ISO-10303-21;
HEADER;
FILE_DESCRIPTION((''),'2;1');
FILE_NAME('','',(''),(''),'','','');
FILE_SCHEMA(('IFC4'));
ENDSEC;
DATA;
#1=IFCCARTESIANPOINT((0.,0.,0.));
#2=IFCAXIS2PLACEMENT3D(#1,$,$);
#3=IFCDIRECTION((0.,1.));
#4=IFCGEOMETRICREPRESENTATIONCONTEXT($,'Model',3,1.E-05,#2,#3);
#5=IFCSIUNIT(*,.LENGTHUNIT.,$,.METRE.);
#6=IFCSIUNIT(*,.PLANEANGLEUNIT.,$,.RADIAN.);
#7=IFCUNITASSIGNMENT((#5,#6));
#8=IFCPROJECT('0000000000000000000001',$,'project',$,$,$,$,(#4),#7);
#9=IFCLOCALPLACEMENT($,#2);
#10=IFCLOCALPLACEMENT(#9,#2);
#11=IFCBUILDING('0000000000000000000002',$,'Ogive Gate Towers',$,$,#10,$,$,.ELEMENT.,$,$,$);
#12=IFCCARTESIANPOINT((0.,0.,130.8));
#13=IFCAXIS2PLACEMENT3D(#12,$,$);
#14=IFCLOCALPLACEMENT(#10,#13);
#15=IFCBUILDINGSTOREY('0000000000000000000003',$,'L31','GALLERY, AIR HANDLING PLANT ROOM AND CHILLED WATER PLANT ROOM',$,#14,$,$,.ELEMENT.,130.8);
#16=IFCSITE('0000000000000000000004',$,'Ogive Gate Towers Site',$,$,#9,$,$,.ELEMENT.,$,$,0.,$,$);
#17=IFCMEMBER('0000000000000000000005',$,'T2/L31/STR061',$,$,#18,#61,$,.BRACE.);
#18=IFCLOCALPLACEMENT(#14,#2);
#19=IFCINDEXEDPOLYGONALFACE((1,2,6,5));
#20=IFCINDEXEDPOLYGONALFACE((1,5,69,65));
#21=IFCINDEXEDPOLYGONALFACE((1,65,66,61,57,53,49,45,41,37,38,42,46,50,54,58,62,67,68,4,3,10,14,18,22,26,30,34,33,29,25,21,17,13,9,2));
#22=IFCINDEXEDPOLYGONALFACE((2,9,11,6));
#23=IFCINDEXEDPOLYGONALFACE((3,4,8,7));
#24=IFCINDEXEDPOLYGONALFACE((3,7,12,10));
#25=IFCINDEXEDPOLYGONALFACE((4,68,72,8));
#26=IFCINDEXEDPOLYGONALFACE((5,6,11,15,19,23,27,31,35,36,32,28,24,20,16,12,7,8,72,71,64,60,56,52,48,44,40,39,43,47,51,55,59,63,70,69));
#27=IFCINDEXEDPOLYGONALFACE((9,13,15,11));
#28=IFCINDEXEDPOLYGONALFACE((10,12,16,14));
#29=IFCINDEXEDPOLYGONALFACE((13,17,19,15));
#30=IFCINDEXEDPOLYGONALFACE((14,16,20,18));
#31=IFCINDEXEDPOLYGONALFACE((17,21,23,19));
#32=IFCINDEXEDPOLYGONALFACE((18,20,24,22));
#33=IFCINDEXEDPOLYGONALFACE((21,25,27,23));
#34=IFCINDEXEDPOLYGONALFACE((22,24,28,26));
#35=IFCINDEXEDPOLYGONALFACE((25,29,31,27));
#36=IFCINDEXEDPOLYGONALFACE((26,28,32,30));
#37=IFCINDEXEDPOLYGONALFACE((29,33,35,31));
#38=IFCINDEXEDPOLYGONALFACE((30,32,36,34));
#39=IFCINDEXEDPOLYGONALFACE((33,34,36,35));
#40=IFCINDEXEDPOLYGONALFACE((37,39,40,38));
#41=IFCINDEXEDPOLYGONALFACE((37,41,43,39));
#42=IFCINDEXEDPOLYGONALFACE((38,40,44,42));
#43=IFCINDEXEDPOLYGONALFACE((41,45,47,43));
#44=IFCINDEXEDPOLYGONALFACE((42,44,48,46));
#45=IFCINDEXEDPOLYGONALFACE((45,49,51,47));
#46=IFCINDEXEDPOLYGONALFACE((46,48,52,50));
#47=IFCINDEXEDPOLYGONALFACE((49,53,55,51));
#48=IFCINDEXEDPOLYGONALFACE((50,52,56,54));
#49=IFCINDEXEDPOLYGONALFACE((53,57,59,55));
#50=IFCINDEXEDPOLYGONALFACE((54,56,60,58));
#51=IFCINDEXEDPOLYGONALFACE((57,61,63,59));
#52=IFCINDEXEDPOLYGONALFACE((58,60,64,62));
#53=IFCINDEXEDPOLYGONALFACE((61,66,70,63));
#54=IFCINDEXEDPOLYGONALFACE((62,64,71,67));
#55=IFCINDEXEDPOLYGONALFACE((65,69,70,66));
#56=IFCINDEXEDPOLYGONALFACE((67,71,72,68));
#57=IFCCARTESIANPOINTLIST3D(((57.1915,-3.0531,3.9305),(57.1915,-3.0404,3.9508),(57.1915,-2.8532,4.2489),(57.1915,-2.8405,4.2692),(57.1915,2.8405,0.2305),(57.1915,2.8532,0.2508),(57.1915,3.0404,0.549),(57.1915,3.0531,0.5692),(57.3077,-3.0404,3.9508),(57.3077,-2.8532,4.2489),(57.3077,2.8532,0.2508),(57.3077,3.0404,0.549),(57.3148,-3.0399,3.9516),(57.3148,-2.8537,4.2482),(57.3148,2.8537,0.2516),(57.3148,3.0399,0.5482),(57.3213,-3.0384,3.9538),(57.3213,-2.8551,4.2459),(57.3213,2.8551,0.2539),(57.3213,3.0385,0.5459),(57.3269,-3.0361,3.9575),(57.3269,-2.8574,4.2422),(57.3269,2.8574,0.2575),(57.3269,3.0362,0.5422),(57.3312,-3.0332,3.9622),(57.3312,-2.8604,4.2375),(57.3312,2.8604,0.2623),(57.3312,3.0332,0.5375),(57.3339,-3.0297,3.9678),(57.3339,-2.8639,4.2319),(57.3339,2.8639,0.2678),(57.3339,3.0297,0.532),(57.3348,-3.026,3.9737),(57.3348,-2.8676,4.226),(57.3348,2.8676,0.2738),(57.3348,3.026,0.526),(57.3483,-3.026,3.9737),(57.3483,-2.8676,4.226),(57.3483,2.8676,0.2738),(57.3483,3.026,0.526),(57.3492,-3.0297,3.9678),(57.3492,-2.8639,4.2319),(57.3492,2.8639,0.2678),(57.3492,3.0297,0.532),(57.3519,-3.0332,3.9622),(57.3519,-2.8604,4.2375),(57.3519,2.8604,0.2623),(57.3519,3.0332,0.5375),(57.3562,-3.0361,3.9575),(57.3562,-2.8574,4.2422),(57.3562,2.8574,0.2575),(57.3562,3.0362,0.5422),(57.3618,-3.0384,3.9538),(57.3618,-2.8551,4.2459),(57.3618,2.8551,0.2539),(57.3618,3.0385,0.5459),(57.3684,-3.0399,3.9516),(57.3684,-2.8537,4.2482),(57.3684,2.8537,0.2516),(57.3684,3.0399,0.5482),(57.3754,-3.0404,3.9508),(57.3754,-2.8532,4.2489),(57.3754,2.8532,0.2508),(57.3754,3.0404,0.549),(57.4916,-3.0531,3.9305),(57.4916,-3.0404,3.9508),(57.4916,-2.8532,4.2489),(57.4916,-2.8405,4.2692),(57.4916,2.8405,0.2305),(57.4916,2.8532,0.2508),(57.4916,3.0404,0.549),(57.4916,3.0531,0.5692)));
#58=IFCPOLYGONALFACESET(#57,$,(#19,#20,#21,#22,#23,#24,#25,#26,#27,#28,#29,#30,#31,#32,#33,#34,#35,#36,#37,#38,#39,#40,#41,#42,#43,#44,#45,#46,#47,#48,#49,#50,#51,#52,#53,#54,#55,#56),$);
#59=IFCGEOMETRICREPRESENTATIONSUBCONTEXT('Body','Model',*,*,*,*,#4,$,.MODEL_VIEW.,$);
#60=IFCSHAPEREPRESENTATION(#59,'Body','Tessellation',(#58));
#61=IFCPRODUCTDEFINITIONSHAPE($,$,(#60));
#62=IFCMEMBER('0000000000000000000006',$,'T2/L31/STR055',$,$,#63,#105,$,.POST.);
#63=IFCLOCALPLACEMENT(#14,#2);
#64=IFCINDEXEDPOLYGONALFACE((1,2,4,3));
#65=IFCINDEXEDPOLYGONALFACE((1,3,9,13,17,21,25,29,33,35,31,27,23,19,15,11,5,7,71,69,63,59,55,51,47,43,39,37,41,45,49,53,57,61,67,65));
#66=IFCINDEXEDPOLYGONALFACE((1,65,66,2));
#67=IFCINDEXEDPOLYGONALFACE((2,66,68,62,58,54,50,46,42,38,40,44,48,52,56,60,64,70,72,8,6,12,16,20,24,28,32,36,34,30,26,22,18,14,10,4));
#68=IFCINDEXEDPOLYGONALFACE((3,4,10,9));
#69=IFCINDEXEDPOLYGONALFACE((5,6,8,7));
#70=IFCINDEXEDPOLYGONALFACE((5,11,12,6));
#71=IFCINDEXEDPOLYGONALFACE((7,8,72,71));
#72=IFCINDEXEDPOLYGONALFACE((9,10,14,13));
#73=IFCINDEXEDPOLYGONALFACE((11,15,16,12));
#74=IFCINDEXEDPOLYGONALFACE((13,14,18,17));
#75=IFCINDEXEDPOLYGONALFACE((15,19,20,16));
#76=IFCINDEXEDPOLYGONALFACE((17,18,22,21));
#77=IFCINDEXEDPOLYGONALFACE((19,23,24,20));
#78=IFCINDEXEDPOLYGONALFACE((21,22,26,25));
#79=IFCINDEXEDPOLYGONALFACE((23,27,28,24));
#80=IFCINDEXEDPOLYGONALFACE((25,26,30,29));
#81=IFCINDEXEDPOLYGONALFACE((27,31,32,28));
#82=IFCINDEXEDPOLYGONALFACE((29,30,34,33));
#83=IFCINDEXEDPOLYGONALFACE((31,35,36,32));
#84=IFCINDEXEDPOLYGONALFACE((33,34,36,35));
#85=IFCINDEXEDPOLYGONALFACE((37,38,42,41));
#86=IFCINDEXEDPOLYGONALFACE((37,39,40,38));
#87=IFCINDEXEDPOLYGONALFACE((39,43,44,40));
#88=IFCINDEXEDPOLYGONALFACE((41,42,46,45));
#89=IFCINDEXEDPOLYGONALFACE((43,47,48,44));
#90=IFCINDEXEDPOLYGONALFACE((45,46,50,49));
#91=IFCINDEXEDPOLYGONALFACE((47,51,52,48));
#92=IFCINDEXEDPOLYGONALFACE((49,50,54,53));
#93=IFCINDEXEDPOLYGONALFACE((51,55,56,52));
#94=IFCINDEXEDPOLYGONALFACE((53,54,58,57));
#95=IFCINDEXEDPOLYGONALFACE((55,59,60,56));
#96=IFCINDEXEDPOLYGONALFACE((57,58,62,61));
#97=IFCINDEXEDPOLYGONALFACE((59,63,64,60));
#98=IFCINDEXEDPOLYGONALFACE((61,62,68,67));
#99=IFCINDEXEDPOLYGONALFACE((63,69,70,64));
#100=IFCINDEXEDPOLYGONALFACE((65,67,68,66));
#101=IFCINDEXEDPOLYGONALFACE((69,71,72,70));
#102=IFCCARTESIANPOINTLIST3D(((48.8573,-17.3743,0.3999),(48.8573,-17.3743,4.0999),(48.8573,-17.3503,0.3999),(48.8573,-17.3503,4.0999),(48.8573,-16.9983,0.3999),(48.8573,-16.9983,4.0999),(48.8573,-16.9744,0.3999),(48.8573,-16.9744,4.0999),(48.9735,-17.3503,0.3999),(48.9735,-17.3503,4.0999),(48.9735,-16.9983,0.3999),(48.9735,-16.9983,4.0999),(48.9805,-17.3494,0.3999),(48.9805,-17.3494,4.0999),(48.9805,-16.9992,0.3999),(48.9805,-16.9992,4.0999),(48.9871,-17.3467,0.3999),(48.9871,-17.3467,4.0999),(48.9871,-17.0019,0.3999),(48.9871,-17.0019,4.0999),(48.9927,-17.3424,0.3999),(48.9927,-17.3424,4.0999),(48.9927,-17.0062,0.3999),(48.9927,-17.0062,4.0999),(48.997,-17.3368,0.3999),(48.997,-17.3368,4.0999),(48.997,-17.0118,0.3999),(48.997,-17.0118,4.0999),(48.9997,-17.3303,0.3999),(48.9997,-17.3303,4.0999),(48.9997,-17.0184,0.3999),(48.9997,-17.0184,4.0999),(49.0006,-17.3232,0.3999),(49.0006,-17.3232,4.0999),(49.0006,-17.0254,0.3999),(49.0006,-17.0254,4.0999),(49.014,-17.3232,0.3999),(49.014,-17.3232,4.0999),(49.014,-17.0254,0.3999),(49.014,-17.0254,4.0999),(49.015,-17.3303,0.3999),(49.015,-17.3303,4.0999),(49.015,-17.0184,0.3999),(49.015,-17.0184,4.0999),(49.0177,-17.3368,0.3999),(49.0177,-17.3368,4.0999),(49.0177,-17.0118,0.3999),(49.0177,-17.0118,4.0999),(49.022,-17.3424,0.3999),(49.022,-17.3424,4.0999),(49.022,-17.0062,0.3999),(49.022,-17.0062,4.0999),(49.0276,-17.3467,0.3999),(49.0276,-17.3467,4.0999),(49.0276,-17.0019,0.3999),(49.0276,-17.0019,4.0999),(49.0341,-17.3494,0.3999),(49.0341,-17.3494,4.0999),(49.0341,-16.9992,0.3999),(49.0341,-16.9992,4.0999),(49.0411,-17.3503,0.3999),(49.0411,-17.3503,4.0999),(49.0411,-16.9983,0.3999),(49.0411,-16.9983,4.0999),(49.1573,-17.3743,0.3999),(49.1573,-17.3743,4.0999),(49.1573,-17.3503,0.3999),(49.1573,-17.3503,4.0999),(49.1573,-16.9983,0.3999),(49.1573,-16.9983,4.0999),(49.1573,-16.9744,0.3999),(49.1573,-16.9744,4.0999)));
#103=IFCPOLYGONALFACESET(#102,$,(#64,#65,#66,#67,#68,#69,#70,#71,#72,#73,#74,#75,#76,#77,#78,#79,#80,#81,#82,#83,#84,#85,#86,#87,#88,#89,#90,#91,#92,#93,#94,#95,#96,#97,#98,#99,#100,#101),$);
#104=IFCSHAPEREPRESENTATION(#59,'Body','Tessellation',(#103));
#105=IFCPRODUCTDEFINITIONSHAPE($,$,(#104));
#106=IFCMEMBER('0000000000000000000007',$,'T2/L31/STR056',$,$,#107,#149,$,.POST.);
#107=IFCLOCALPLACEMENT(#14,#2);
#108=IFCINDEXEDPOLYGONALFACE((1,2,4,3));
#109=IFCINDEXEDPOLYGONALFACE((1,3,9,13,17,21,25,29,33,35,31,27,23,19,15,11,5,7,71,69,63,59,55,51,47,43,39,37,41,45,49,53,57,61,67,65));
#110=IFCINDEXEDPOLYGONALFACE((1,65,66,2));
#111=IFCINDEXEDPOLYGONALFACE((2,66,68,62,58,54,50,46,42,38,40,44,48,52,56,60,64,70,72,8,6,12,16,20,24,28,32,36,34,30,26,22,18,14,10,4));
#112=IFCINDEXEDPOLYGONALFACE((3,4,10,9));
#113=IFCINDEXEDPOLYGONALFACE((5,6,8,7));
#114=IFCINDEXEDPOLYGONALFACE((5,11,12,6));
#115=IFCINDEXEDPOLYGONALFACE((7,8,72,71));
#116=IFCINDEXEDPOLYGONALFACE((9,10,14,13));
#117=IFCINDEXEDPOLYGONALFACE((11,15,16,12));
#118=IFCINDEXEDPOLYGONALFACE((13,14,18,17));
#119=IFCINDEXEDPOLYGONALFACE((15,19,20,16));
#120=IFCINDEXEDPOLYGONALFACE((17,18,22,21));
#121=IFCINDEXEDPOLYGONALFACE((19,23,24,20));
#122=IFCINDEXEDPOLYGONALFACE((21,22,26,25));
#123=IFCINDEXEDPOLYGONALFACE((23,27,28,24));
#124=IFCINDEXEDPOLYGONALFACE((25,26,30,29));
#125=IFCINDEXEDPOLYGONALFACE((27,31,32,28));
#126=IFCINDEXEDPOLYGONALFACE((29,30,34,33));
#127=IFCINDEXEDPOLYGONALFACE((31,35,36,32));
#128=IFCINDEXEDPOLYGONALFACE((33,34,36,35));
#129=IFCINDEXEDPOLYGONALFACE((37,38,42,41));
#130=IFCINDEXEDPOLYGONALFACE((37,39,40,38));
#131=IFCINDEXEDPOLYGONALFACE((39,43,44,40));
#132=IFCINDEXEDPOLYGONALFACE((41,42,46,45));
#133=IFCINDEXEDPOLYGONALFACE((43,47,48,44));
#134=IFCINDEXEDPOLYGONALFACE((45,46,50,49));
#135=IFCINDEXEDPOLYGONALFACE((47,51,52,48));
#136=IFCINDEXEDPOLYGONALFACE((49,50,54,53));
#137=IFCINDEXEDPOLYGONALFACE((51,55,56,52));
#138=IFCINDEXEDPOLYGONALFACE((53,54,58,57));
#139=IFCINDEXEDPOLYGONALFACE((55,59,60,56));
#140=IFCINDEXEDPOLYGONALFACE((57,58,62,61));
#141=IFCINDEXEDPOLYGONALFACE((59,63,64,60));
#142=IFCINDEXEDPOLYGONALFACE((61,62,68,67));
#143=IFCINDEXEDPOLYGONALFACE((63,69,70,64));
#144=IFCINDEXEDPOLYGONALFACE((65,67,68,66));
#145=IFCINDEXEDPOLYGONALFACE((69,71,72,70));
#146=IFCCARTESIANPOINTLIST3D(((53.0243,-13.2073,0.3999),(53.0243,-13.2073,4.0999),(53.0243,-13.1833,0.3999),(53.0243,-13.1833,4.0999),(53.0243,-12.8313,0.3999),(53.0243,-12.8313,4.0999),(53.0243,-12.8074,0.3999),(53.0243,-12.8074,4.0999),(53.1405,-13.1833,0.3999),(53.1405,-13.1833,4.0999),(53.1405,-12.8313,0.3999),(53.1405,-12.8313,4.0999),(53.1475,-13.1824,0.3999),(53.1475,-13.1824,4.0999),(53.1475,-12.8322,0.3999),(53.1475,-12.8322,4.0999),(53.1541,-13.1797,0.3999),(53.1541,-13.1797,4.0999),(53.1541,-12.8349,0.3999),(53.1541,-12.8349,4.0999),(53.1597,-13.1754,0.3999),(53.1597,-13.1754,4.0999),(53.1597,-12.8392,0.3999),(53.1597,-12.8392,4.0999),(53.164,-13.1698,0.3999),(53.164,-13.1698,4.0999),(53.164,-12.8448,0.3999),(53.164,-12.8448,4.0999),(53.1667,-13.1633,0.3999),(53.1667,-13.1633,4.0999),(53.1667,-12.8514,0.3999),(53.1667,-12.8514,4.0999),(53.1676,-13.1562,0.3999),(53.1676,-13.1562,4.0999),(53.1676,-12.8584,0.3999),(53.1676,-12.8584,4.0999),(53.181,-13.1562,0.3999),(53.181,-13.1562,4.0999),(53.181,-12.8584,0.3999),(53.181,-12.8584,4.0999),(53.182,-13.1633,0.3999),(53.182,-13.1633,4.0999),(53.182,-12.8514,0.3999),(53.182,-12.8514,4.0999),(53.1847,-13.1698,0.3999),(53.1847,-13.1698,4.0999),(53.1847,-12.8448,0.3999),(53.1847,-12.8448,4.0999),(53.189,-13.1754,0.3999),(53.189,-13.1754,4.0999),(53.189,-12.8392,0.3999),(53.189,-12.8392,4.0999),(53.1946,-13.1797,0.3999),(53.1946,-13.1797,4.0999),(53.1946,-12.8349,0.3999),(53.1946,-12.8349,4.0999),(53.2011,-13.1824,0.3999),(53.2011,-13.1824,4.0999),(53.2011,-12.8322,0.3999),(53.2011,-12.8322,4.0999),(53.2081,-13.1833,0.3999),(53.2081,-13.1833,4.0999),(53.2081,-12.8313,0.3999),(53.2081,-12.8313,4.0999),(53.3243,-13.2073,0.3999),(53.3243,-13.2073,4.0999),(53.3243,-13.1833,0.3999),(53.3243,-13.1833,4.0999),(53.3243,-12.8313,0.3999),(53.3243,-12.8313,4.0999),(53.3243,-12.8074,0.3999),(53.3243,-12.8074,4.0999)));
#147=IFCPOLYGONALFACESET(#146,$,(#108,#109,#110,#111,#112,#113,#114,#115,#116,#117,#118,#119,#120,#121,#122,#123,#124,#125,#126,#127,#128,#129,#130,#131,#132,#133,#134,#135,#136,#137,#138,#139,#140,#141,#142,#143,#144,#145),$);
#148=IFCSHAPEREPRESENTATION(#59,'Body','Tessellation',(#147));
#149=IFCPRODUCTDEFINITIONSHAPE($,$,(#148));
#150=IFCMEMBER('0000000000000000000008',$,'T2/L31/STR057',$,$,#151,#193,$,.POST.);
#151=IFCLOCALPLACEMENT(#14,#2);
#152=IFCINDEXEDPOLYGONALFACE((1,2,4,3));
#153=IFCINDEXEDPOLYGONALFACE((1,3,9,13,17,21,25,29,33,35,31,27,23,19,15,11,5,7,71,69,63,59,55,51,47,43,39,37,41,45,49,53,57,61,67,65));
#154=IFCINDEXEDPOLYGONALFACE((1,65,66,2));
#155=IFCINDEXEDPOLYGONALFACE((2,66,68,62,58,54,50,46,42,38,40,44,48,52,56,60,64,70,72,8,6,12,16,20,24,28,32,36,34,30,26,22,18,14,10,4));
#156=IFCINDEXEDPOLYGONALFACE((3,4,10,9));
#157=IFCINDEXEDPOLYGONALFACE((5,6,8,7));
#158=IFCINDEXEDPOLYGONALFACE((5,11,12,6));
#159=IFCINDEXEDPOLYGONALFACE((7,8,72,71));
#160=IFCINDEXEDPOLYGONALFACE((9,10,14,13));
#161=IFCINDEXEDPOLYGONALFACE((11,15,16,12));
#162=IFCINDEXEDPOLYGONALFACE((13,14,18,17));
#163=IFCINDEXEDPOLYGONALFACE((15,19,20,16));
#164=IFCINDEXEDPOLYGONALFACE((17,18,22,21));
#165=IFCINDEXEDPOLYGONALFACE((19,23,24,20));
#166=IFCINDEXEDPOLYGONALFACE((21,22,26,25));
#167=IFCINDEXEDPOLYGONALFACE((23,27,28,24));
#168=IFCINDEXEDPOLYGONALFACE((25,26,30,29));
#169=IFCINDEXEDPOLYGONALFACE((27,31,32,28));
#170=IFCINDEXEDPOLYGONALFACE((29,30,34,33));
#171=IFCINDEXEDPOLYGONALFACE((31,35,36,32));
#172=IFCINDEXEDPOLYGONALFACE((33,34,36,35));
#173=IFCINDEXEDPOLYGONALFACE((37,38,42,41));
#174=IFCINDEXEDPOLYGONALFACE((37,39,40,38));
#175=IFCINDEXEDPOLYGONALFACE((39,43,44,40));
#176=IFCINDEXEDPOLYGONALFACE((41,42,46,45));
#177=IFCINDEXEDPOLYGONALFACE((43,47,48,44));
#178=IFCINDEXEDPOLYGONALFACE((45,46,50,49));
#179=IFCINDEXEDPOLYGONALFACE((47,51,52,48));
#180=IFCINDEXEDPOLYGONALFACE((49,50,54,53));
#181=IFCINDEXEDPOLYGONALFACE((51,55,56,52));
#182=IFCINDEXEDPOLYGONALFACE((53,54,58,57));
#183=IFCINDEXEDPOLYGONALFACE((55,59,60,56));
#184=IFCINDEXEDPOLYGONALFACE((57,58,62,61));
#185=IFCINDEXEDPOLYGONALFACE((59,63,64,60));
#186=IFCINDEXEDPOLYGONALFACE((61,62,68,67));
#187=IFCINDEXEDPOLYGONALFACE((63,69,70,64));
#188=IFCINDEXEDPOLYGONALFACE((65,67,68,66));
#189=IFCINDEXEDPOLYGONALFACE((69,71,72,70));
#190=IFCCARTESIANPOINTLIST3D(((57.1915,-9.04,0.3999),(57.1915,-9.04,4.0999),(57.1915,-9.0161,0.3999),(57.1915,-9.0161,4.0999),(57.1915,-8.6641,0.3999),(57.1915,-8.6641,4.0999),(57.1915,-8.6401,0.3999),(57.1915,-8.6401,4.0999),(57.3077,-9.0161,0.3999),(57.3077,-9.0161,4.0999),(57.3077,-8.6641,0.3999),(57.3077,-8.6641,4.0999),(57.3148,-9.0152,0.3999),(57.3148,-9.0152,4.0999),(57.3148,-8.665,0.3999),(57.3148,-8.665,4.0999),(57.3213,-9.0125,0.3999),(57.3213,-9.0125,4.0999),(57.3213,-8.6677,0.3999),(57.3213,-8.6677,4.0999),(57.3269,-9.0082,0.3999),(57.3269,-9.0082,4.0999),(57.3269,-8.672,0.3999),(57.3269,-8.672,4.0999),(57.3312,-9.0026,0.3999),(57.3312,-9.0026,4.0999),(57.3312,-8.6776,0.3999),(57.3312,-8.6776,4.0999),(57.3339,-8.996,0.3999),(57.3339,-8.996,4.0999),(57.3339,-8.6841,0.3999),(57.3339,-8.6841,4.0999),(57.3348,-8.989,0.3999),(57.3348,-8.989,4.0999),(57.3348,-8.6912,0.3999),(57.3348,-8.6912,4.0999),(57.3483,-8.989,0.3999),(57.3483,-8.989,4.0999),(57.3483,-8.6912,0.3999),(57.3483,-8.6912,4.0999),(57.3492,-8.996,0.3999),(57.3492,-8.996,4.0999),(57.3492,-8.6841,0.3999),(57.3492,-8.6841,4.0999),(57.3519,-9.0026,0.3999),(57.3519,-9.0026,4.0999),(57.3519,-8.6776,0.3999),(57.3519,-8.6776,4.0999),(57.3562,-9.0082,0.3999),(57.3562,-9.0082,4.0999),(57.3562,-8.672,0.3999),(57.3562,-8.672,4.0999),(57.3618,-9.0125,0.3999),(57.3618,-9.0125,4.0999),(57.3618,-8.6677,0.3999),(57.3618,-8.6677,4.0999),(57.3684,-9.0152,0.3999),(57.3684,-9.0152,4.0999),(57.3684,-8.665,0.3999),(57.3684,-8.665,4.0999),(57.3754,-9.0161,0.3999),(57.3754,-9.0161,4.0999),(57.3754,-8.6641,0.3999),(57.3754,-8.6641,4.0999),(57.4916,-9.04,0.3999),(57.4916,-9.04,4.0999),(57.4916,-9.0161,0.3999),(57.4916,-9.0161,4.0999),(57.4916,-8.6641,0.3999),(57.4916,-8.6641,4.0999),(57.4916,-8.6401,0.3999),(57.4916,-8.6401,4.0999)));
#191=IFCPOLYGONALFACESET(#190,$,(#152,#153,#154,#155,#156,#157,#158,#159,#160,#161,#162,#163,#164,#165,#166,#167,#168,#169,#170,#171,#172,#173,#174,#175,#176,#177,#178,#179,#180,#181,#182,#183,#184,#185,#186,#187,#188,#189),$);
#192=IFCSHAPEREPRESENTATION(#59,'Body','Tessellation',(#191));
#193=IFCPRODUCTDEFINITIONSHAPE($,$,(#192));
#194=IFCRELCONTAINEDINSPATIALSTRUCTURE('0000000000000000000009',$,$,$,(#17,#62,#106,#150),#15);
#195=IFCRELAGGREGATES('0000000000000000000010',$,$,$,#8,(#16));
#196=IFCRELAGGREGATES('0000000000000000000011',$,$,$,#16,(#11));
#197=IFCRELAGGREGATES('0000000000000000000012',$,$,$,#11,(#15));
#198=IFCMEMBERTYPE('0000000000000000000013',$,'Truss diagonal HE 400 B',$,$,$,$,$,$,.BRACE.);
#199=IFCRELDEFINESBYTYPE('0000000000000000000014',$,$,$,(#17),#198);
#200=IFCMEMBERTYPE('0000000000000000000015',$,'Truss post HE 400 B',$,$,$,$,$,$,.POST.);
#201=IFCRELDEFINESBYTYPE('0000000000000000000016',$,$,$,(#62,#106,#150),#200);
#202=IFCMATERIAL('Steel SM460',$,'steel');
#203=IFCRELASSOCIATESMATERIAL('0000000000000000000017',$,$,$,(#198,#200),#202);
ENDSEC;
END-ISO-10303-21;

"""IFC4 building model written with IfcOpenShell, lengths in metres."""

from ifc_helpers import new_model, si_unit, direction, frame, origin, origin_2d, place, context, subcontext, project, spatial, i_section, extrude, material, material_profile, profile_set, type_object, element, save


model = new_model("IFC4")

# Units and contexts
model_context = context("Model", 3, precision=1e-05, world=origin(), true_north=direction((0.0, 1.0)))
body_context = subcontext(model_context, "Body", "Model", "MODEL_VIEW")
ifc_project = project(units=[si_unit("LENGTHUNIT", "METRE"), si_unit("PLANEANGLEUNIT", "RADIAN")], contexts=[model_context])

# Site, building, storey
site_placement = place(None, origin())
site = spatial("IfcSite", under=ifc_project, at=site_placement, Name="Ogive Gate Towers Site", CompositionType="ELEMENT", RefElevation=0.0)
building_placement = place(site_placement, origin())
building = spatial("IfcBuilding", under=site, at=building_placement, Name="Ogive Gate Towers", CompositionType="ELEMENT")
storey_placement = place(building_placement, frame((0.0, 0.0, 130.8)))
storey = spatial("IfcBuildingStorey", under=building, at=storey_placement, Name="L31", Description="GALLERY, AIR HANDLING PLANT ROOM AND CHILLED WATER PLANT ROOM", CompositionType="ELEMENT", Elevation=130.8)

# Shared definitions
ifc_material_1 = material(Name="Steel SM460", Category="steel")

# Members
ifc_material_profile_1 = material_profile(ifc_material_1, i_section(OverallWidth=0.3, OverallDepth=0.3999, WebThickness=0.0134, FlangeThickness=0.0239, FilletRadius=0.0271, at=origin_2d()), Name="HE 400 B")
ifc_profile_set_1 = profile_set([ifc_material_profile_1], Name="Steel SM460")
member_type_1 = type_object("IfcMemberType", Name="Truss diagonal HE 400 B", PredefinedType="BRACE", material=ifc_profile_set_1)
member_1_placement = place(storey_placement, frame((57.3416, -2.9468, 4.0999), z_axis=(0.0, 0.846932, -0.531701), x_axis=(-1.0, 0.0, 0.0)))
element("IfcMember", 1, at=member_1_placement, inside=storey, type_object=member_type_1, Name="T2/L31/STR061", PredefinedType="BRACE", context=body_context, shape_type="SweptSolid", body=[
    extrude(i_section(OverallWidth=0.3, OverallDepth=0.3999, WebThickness=0.0134, FlangeThickness=0.0239, FilletRadius=0.0271, at=origin_2d()), origin(), (0.0, 0.0, 1.0), 6.9587),
])
ifc_material_profile_2 = material_profile(ifc_material_1, i_section(OverallWidth=0.3, OverallDepth=0.3999, WebThickness=0.0134, FlangeThickness=0.0239, FilletRadius=0.0271, at=origin_2d()), Name="HE 400 B")
ifc_profile_set_2 = profile_set([ifc_material_profile_2], Name="Steel SM460")
member_type_2 = type_object("IfcMemberType", Name="Truss post HE 400 B", PredefinedType="POST", material=ifc_profile_set_2)
for number, where, z_axis, x_axis, name in (
    (2, (49.0073, -17.1743, 0.3999), (0.0, 0.0, 1.0), (1.0, 0.0, 0.0), "T2/L31/STR055"),
    (3, (53.1743, -13.0073, 0.3999), (0.0, 0.0, 1.0), (1.0, 0.0, 0.0), "T2/L31/STR056"),
    (4, (57.3416, -8.8401, 0.3999), (0.0, 0.0, 1.0), (1.0, 0.0, 0.0), "T2/L31/STR057"),
):
    element("IfcMember", number, at=place(storey_placement, frame(where, z_axis=z_axis, x_axis=x_axis)), inside=storey, type_object=member_type_2, Name=name, PredefinedType="POST", context=body_context, shape_type="SweptSolid", body=[
        extrude(i_section(OverallWidth=0.3, OverallDepth=0.3999, WebThickness=0.0134, FlangeThickness=0.0239, FilletRadius=0.0271, at=origin_2d()), origin(), (0.0, 0.0, 1.0), 3.7),
    ])

save(model, "model.ifc")
